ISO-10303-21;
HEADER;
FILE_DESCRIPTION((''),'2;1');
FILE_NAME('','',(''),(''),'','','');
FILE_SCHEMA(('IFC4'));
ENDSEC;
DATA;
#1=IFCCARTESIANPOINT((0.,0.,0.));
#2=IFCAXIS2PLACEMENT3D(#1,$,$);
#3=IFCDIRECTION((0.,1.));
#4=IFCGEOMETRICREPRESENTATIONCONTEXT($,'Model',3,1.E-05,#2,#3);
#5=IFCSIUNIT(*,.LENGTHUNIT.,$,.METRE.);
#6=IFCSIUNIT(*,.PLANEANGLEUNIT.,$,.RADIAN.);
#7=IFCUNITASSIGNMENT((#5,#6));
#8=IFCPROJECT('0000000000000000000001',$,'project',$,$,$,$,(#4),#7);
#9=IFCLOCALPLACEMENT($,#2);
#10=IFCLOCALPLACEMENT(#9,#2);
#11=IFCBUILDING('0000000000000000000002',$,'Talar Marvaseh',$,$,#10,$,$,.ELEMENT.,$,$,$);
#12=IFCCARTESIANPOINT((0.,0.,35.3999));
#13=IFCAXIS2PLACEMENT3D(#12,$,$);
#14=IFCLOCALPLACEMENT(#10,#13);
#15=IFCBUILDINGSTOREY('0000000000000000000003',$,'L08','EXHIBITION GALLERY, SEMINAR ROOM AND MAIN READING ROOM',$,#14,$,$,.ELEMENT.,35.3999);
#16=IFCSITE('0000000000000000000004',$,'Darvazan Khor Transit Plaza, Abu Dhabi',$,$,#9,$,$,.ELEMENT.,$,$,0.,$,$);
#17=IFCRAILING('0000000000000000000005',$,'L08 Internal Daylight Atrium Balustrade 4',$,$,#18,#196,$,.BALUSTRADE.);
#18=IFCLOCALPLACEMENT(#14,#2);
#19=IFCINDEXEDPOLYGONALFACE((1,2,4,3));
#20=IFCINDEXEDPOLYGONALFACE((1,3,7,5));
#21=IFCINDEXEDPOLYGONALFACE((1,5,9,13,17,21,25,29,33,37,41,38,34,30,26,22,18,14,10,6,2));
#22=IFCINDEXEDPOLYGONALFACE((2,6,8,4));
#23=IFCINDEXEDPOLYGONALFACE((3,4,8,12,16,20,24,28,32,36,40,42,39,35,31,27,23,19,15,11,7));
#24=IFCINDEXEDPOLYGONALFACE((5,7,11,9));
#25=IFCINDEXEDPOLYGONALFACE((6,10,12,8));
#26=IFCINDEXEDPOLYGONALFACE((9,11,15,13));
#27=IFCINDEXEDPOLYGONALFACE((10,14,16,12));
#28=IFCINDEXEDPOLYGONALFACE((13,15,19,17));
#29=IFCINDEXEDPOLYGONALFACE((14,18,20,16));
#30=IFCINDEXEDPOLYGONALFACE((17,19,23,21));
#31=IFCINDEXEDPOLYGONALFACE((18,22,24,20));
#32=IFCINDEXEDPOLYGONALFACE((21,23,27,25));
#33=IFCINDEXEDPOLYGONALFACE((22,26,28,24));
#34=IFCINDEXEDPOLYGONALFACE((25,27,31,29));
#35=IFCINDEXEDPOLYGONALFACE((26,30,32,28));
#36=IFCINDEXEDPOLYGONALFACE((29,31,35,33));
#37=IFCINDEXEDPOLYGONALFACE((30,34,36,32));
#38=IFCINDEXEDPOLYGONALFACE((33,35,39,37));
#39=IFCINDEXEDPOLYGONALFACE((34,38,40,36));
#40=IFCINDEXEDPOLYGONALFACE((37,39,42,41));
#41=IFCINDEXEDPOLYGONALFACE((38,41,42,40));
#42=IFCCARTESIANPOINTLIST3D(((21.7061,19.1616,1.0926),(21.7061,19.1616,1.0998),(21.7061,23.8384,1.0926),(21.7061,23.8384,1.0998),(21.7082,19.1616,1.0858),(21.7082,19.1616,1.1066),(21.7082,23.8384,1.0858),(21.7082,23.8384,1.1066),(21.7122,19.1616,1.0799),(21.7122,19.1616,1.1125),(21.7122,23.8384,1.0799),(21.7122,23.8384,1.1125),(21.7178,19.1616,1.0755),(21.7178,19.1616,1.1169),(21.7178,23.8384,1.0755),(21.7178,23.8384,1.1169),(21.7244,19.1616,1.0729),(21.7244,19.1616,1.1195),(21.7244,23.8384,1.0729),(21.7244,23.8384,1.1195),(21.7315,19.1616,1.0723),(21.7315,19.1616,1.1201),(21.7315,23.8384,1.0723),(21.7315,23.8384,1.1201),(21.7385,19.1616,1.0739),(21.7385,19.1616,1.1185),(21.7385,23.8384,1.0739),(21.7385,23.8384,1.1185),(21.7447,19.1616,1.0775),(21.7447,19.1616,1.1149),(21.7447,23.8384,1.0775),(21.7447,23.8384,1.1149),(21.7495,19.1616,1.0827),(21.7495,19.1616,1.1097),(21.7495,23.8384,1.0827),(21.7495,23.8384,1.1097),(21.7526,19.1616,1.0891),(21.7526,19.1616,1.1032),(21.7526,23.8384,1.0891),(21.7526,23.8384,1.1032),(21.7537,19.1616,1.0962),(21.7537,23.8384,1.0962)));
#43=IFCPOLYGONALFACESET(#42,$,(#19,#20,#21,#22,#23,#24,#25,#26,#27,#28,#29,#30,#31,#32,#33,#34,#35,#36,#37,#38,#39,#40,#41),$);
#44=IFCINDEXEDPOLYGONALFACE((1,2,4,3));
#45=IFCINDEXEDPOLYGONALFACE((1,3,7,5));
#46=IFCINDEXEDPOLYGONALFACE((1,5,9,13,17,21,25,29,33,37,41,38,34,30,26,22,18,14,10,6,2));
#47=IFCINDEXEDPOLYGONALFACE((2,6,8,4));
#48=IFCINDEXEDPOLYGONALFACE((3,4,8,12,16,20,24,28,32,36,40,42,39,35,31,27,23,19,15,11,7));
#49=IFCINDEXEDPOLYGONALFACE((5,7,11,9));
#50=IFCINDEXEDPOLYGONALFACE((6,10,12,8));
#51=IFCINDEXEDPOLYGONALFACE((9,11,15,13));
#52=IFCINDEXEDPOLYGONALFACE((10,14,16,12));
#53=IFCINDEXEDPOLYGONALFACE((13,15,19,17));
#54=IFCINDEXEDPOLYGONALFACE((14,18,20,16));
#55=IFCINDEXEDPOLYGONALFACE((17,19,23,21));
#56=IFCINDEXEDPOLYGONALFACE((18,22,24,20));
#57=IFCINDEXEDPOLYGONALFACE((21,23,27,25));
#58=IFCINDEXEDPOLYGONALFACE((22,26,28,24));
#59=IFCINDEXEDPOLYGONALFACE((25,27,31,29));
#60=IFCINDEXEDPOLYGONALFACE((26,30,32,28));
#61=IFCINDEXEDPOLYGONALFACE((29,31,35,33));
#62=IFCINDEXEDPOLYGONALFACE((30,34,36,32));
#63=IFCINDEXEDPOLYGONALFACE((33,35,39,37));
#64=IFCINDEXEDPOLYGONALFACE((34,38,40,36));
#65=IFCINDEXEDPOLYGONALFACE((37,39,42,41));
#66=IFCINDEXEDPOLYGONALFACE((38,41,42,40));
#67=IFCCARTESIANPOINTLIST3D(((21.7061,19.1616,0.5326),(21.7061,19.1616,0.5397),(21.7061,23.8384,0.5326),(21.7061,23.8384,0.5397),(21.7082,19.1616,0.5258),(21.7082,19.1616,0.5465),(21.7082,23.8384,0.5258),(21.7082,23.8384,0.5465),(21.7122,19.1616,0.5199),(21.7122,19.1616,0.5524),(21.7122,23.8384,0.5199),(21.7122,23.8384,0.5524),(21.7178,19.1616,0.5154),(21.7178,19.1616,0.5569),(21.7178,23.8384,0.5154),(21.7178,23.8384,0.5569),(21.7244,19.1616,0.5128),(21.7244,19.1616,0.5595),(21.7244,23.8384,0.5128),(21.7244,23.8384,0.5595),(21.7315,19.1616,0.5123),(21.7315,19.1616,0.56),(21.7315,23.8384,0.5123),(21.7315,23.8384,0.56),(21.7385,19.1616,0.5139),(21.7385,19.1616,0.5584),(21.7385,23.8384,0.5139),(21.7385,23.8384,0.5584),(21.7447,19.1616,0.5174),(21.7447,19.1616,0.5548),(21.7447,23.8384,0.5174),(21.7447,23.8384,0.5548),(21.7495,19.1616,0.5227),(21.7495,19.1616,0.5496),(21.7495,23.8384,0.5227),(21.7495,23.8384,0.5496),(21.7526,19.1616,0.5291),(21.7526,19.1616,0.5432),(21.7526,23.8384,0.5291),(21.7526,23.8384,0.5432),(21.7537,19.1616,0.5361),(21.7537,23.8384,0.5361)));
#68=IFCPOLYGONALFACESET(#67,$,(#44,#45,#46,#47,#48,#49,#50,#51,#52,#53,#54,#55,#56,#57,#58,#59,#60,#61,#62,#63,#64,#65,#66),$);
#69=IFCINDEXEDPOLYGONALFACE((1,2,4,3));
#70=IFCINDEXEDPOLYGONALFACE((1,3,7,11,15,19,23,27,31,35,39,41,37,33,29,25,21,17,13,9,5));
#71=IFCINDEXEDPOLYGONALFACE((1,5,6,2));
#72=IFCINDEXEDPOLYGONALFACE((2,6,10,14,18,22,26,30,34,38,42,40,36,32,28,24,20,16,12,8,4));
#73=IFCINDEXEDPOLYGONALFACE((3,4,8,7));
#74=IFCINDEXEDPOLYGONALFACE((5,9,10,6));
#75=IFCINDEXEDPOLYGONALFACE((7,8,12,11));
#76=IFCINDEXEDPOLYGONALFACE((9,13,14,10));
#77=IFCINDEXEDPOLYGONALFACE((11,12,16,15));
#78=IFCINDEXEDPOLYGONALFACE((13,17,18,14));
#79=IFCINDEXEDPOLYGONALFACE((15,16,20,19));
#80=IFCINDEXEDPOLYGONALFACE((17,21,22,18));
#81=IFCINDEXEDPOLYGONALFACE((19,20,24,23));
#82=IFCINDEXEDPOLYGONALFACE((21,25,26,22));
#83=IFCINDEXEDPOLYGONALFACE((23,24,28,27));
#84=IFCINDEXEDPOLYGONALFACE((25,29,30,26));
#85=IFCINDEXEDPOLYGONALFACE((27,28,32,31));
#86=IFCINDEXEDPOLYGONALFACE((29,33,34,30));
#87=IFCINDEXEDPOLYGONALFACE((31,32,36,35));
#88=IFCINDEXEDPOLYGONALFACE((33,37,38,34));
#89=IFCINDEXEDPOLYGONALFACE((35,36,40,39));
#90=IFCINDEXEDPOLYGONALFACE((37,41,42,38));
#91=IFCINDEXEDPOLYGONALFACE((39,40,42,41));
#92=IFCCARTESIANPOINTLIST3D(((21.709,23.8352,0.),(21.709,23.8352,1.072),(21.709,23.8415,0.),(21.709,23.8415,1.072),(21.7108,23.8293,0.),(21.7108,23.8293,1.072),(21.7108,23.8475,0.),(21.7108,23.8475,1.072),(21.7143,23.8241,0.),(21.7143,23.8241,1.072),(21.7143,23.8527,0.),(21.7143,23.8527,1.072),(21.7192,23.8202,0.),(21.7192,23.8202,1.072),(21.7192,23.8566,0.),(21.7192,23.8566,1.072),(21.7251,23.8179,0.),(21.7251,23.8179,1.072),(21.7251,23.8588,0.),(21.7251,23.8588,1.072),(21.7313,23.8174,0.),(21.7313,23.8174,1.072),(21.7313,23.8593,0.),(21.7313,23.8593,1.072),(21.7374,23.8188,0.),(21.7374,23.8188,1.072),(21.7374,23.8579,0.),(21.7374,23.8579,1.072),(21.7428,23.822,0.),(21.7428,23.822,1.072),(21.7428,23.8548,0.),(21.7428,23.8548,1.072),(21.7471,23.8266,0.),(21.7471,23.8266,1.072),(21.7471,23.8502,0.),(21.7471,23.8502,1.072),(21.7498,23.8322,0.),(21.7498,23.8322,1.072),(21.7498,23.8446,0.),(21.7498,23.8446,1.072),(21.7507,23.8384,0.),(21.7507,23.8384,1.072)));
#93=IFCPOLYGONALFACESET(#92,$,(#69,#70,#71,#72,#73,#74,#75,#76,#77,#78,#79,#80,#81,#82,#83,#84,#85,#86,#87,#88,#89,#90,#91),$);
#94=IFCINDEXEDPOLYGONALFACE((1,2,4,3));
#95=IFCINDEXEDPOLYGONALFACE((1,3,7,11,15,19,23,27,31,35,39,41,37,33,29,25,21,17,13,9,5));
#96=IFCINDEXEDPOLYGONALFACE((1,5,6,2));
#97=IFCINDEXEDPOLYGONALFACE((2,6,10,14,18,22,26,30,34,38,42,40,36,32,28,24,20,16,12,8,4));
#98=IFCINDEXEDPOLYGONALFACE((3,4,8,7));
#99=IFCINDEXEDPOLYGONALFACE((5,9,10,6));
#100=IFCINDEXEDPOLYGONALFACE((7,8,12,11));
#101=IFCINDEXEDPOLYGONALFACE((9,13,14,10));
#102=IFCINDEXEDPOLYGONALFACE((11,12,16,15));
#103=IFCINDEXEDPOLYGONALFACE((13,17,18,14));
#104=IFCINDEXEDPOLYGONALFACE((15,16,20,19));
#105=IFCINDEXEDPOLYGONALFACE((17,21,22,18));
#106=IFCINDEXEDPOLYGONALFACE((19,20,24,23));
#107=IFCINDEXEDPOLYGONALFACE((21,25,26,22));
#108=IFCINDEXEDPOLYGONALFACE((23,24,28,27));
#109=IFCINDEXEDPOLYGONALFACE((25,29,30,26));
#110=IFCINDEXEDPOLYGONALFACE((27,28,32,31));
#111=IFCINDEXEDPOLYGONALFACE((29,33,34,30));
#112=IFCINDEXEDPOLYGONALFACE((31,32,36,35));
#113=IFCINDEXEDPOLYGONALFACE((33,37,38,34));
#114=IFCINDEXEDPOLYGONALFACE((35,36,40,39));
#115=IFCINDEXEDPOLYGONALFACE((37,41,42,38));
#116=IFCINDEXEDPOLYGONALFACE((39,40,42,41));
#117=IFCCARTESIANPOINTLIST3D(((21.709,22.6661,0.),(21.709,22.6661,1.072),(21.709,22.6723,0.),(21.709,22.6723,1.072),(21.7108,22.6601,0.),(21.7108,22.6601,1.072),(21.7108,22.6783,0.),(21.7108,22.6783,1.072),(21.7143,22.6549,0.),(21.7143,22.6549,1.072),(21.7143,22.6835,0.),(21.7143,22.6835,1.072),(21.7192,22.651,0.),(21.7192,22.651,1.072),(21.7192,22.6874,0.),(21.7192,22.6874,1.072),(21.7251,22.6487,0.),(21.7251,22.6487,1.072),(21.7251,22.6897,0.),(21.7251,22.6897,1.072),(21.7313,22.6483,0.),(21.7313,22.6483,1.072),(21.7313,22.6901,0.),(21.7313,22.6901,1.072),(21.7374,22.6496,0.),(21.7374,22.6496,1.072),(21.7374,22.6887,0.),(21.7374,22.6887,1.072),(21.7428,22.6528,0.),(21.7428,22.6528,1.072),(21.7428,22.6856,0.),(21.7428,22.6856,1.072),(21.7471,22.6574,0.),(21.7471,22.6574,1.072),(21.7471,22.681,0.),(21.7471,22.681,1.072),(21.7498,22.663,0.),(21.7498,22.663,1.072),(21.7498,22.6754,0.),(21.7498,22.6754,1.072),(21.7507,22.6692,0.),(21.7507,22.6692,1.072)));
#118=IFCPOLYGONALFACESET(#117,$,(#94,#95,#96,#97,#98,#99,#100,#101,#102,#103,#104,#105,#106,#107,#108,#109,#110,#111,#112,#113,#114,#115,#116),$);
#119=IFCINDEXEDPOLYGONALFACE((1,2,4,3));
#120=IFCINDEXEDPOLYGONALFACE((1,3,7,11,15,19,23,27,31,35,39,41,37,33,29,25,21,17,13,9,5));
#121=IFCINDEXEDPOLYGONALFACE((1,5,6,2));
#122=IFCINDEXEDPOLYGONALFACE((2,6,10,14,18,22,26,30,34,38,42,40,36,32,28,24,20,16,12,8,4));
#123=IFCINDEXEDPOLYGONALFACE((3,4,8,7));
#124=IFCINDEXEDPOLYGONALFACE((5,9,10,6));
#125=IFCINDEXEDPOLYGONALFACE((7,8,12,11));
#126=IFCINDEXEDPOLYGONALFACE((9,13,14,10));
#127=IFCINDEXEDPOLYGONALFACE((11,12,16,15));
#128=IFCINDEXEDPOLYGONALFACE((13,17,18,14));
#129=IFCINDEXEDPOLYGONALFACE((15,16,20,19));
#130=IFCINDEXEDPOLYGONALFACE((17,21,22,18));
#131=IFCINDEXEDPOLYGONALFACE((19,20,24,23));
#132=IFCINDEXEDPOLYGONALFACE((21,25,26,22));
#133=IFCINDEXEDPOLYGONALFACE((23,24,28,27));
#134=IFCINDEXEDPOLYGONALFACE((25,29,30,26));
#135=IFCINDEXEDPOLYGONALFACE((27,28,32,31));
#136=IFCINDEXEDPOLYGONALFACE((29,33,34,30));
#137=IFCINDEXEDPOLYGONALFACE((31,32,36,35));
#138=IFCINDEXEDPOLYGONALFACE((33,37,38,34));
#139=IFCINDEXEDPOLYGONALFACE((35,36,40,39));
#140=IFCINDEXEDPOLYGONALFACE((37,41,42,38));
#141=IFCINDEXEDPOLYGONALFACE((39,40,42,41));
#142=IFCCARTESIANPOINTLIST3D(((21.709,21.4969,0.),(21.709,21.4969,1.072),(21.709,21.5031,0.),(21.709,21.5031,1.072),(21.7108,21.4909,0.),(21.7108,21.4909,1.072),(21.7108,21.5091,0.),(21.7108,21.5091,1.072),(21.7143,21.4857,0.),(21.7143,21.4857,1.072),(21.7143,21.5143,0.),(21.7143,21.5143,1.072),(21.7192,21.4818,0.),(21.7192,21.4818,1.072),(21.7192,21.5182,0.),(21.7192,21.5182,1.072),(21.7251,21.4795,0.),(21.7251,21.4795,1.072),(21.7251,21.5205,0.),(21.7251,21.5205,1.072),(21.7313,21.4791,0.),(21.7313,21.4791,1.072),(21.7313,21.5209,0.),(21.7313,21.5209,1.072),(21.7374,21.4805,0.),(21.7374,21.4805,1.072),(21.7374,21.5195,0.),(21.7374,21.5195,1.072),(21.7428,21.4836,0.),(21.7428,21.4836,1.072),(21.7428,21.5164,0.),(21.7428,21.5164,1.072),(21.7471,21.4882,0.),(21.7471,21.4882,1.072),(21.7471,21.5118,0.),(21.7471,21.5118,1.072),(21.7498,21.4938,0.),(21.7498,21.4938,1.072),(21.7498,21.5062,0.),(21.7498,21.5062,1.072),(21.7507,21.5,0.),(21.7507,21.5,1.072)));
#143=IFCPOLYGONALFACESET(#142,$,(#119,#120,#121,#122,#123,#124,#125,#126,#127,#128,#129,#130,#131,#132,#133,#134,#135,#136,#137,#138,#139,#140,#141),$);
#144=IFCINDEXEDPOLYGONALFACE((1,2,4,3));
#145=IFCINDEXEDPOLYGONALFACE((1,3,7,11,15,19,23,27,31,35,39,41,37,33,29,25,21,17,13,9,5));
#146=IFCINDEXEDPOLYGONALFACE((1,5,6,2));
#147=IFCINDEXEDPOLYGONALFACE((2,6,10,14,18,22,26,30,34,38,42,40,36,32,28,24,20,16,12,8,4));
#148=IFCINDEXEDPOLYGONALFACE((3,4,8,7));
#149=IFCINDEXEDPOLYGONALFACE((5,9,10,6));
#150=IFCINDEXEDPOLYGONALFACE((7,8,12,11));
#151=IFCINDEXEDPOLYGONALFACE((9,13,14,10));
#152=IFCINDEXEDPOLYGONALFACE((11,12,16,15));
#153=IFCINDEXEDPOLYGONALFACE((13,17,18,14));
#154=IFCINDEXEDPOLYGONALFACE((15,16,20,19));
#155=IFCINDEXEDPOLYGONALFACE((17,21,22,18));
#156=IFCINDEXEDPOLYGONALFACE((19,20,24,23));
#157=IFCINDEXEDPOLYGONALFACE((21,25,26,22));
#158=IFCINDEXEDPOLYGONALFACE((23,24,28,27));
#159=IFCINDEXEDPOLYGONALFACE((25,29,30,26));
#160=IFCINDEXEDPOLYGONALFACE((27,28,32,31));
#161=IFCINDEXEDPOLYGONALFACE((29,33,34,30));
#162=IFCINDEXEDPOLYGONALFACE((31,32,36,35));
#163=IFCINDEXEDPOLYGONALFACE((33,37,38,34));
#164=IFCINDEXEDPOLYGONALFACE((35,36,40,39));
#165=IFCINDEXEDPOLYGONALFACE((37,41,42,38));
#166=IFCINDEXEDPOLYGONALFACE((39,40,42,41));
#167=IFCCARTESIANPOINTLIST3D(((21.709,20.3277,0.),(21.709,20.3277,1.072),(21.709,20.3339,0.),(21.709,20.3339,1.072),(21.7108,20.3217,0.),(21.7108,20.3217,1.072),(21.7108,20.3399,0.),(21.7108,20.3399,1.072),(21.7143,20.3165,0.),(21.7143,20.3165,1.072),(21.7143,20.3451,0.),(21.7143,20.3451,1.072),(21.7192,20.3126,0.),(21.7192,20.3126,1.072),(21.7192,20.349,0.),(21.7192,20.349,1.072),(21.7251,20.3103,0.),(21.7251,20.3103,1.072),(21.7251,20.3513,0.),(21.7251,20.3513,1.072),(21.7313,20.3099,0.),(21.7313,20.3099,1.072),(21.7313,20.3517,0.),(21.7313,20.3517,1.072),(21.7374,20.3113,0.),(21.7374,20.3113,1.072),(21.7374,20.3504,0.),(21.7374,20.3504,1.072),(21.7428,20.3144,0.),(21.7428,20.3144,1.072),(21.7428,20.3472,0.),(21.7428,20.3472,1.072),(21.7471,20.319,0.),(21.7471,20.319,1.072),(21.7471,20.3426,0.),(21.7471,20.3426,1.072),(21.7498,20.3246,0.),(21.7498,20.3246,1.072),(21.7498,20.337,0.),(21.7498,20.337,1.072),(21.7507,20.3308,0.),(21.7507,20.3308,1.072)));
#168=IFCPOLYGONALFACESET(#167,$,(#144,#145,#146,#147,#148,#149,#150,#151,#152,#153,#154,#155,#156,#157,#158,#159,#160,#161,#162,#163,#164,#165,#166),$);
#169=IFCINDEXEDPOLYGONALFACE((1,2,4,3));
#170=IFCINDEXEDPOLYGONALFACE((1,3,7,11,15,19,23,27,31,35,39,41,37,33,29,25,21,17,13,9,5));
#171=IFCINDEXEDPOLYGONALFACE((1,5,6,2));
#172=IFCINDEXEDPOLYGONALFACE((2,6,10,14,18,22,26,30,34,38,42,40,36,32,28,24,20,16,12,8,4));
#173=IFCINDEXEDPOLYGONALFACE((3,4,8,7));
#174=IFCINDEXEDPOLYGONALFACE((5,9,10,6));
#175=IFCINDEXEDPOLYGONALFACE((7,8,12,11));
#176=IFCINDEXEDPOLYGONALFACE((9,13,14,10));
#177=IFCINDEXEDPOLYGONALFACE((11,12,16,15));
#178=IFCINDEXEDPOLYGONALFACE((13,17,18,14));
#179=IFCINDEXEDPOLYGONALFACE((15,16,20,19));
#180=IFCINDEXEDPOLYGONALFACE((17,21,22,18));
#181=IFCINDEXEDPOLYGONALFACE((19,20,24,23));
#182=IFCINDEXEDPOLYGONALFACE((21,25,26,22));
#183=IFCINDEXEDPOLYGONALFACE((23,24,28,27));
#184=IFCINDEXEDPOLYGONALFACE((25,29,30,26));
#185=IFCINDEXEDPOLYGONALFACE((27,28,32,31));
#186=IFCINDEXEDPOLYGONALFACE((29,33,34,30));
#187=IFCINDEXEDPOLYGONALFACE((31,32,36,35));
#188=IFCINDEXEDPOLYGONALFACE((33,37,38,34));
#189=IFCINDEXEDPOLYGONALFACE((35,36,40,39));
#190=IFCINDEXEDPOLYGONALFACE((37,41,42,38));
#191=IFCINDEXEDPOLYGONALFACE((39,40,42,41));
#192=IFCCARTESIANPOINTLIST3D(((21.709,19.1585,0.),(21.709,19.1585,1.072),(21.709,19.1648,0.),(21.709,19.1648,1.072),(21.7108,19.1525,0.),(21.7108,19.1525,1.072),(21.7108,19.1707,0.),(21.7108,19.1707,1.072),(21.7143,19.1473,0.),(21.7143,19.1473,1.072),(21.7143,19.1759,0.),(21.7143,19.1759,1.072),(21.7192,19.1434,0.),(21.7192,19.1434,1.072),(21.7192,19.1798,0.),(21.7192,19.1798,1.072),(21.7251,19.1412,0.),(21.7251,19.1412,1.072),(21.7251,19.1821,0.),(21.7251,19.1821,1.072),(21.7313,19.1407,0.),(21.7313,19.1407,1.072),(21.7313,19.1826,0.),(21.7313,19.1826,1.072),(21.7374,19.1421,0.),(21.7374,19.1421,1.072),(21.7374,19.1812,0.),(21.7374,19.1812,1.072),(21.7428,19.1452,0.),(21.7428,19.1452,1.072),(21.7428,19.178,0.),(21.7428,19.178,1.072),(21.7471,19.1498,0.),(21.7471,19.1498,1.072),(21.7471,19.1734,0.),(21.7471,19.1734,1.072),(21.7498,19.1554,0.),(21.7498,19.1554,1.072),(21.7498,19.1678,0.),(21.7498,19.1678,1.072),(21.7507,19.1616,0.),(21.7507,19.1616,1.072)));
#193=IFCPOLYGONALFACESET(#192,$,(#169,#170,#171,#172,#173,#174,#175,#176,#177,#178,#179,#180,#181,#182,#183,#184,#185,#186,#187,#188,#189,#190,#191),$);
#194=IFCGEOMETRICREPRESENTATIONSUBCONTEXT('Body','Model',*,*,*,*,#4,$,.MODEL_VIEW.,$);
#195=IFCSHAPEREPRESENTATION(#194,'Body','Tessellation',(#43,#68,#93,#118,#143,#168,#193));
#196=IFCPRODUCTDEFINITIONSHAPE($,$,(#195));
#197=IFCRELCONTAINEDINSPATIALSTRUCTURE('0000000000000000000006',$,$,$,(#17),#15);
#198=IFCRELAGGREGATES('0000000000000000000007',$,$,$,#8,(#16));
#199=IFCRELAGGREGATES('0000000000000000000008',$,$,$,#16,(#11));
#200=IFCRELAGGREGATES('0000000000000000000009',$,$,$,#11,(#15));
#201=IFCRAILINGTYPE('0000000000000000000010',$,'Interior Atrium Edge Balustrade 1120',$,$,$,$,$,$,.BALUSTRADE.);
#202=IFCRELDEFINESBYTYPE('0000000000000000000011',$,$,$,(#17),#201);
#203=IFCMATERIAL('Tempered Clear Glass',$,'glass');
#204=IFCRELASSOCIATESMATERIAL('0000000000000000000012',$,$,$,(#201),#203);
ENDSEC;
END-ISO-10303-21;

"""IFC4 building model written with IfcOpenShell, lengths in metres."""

from ifc_helpers import new_model, si_unit, direction, frame, origin, origin_2d, place, context, subcontext, project, spatial, circle, extrude, material, type_object, element, save


model = new_model("IFC4")

# Units and contexts
model_context = context("Model", 3, precision=1e-05, world=origin(), true_north=direction((0.0, 1.0)))
body_context = subcontext(model_context, "Body", "Model", "MODEL_VIEW")
ifc_project = project(units=[si_unit("LENGTHUNIT", "METRE"), si_unit("PLANEANGLEUNIT", "RADIAN")], contexts=[model_context])

# Site, building, storey
site_placement = place(None, origin())
site = spatial("IfcSite", under=ifc_project, at=site_placement, Name="Darvazan Khor Transit Plaza, Abu Dhabi", CompositionType="ELEMENT", RefElevation=0.0)
building_placement = place(site_placement, origin())
building = spatial("IfcBuilding", under=site, at=building_placement, Name="Talar Marvaseh", CompositionType="ELEMENT")
storey_placement = place(building_placement, frame((0.0, 0.0, 35.3999)))
storey = spatial("IfcBuildingStorey", under=building, at=storey_placement, Name="L08", Description="EXHIBITION GALLERY, SEMINAR ROOM AND MAIN READING ROOM", CompositionType="ELEMENT", Elevation=35.3999)

# Railing
ifc_material_1 = material(Name="Tempered Clear Glass", Category="glass")
railing_type_1 = type_object("IfcRailingType", Name="Interior Atrium Edge Balustrade 1120", PredefinedType="BALUSTRADE", material=ifc_material_1)
railing_1_placement = place(storey_placement, frame((21.7297, 23.8384, 0.0)))
element("IfcRailing", 1, at=railing_1_placement, inside=storey, type_object=railing_type_1, Name="L08 Internal Daylight Atrium Balustrade 4", PredefinedType="BALUSTRADE", context=body_context, shape_type="SweptSolid", body=[
    extrude(circle(Radius=0.0239, at=origin_2d()), frame((0.0, 0.0, 1.0962), z_axis=(0.0, -1.0, 0.0), x_axis=(1.0, 0.0, 0.0)), (0.0, 0.0, 1.0), 4.6768),
    extrude(circle(Radius=0.0239, at=origin_2d()), frame((0.0, 0.0, 0.5361), z_axis=(0.0, -1.0, 0.0), x_axis=(1.0, 0.0, 0.0)), (0.0, 0.0, 1.0), 4.6768),
    extrude(circle(Radius=0.021, at=origin_2d()), origin(), (0.0, 0.0, 1.0), 1.072),
    extrude(circle(Radius=0.021, at=origin_2d()), frame((0.0, -1.1692, 0.0)), (0.0, 0.0, 1.0), 1.072),
    extrude(circle(Radius=0.021, at=origin_2d()), frame((0.0, -2.3384, 0.0)), (0.0, 0.0, 1.0), 1.072),
    extrude(circle(Radius=0.021, at=origin_2d()), frame((0.0, -3.5076, 0.0)), (0.0, 0.0, 1.0), 1.072),
    extrude(circle(Radius=0.021, at=origin_2d()), frame((0.0, -4.6768, 0.0)), (0.0, 0.0, 1.0), 1.072),
])

save(model, "model.ifc")
